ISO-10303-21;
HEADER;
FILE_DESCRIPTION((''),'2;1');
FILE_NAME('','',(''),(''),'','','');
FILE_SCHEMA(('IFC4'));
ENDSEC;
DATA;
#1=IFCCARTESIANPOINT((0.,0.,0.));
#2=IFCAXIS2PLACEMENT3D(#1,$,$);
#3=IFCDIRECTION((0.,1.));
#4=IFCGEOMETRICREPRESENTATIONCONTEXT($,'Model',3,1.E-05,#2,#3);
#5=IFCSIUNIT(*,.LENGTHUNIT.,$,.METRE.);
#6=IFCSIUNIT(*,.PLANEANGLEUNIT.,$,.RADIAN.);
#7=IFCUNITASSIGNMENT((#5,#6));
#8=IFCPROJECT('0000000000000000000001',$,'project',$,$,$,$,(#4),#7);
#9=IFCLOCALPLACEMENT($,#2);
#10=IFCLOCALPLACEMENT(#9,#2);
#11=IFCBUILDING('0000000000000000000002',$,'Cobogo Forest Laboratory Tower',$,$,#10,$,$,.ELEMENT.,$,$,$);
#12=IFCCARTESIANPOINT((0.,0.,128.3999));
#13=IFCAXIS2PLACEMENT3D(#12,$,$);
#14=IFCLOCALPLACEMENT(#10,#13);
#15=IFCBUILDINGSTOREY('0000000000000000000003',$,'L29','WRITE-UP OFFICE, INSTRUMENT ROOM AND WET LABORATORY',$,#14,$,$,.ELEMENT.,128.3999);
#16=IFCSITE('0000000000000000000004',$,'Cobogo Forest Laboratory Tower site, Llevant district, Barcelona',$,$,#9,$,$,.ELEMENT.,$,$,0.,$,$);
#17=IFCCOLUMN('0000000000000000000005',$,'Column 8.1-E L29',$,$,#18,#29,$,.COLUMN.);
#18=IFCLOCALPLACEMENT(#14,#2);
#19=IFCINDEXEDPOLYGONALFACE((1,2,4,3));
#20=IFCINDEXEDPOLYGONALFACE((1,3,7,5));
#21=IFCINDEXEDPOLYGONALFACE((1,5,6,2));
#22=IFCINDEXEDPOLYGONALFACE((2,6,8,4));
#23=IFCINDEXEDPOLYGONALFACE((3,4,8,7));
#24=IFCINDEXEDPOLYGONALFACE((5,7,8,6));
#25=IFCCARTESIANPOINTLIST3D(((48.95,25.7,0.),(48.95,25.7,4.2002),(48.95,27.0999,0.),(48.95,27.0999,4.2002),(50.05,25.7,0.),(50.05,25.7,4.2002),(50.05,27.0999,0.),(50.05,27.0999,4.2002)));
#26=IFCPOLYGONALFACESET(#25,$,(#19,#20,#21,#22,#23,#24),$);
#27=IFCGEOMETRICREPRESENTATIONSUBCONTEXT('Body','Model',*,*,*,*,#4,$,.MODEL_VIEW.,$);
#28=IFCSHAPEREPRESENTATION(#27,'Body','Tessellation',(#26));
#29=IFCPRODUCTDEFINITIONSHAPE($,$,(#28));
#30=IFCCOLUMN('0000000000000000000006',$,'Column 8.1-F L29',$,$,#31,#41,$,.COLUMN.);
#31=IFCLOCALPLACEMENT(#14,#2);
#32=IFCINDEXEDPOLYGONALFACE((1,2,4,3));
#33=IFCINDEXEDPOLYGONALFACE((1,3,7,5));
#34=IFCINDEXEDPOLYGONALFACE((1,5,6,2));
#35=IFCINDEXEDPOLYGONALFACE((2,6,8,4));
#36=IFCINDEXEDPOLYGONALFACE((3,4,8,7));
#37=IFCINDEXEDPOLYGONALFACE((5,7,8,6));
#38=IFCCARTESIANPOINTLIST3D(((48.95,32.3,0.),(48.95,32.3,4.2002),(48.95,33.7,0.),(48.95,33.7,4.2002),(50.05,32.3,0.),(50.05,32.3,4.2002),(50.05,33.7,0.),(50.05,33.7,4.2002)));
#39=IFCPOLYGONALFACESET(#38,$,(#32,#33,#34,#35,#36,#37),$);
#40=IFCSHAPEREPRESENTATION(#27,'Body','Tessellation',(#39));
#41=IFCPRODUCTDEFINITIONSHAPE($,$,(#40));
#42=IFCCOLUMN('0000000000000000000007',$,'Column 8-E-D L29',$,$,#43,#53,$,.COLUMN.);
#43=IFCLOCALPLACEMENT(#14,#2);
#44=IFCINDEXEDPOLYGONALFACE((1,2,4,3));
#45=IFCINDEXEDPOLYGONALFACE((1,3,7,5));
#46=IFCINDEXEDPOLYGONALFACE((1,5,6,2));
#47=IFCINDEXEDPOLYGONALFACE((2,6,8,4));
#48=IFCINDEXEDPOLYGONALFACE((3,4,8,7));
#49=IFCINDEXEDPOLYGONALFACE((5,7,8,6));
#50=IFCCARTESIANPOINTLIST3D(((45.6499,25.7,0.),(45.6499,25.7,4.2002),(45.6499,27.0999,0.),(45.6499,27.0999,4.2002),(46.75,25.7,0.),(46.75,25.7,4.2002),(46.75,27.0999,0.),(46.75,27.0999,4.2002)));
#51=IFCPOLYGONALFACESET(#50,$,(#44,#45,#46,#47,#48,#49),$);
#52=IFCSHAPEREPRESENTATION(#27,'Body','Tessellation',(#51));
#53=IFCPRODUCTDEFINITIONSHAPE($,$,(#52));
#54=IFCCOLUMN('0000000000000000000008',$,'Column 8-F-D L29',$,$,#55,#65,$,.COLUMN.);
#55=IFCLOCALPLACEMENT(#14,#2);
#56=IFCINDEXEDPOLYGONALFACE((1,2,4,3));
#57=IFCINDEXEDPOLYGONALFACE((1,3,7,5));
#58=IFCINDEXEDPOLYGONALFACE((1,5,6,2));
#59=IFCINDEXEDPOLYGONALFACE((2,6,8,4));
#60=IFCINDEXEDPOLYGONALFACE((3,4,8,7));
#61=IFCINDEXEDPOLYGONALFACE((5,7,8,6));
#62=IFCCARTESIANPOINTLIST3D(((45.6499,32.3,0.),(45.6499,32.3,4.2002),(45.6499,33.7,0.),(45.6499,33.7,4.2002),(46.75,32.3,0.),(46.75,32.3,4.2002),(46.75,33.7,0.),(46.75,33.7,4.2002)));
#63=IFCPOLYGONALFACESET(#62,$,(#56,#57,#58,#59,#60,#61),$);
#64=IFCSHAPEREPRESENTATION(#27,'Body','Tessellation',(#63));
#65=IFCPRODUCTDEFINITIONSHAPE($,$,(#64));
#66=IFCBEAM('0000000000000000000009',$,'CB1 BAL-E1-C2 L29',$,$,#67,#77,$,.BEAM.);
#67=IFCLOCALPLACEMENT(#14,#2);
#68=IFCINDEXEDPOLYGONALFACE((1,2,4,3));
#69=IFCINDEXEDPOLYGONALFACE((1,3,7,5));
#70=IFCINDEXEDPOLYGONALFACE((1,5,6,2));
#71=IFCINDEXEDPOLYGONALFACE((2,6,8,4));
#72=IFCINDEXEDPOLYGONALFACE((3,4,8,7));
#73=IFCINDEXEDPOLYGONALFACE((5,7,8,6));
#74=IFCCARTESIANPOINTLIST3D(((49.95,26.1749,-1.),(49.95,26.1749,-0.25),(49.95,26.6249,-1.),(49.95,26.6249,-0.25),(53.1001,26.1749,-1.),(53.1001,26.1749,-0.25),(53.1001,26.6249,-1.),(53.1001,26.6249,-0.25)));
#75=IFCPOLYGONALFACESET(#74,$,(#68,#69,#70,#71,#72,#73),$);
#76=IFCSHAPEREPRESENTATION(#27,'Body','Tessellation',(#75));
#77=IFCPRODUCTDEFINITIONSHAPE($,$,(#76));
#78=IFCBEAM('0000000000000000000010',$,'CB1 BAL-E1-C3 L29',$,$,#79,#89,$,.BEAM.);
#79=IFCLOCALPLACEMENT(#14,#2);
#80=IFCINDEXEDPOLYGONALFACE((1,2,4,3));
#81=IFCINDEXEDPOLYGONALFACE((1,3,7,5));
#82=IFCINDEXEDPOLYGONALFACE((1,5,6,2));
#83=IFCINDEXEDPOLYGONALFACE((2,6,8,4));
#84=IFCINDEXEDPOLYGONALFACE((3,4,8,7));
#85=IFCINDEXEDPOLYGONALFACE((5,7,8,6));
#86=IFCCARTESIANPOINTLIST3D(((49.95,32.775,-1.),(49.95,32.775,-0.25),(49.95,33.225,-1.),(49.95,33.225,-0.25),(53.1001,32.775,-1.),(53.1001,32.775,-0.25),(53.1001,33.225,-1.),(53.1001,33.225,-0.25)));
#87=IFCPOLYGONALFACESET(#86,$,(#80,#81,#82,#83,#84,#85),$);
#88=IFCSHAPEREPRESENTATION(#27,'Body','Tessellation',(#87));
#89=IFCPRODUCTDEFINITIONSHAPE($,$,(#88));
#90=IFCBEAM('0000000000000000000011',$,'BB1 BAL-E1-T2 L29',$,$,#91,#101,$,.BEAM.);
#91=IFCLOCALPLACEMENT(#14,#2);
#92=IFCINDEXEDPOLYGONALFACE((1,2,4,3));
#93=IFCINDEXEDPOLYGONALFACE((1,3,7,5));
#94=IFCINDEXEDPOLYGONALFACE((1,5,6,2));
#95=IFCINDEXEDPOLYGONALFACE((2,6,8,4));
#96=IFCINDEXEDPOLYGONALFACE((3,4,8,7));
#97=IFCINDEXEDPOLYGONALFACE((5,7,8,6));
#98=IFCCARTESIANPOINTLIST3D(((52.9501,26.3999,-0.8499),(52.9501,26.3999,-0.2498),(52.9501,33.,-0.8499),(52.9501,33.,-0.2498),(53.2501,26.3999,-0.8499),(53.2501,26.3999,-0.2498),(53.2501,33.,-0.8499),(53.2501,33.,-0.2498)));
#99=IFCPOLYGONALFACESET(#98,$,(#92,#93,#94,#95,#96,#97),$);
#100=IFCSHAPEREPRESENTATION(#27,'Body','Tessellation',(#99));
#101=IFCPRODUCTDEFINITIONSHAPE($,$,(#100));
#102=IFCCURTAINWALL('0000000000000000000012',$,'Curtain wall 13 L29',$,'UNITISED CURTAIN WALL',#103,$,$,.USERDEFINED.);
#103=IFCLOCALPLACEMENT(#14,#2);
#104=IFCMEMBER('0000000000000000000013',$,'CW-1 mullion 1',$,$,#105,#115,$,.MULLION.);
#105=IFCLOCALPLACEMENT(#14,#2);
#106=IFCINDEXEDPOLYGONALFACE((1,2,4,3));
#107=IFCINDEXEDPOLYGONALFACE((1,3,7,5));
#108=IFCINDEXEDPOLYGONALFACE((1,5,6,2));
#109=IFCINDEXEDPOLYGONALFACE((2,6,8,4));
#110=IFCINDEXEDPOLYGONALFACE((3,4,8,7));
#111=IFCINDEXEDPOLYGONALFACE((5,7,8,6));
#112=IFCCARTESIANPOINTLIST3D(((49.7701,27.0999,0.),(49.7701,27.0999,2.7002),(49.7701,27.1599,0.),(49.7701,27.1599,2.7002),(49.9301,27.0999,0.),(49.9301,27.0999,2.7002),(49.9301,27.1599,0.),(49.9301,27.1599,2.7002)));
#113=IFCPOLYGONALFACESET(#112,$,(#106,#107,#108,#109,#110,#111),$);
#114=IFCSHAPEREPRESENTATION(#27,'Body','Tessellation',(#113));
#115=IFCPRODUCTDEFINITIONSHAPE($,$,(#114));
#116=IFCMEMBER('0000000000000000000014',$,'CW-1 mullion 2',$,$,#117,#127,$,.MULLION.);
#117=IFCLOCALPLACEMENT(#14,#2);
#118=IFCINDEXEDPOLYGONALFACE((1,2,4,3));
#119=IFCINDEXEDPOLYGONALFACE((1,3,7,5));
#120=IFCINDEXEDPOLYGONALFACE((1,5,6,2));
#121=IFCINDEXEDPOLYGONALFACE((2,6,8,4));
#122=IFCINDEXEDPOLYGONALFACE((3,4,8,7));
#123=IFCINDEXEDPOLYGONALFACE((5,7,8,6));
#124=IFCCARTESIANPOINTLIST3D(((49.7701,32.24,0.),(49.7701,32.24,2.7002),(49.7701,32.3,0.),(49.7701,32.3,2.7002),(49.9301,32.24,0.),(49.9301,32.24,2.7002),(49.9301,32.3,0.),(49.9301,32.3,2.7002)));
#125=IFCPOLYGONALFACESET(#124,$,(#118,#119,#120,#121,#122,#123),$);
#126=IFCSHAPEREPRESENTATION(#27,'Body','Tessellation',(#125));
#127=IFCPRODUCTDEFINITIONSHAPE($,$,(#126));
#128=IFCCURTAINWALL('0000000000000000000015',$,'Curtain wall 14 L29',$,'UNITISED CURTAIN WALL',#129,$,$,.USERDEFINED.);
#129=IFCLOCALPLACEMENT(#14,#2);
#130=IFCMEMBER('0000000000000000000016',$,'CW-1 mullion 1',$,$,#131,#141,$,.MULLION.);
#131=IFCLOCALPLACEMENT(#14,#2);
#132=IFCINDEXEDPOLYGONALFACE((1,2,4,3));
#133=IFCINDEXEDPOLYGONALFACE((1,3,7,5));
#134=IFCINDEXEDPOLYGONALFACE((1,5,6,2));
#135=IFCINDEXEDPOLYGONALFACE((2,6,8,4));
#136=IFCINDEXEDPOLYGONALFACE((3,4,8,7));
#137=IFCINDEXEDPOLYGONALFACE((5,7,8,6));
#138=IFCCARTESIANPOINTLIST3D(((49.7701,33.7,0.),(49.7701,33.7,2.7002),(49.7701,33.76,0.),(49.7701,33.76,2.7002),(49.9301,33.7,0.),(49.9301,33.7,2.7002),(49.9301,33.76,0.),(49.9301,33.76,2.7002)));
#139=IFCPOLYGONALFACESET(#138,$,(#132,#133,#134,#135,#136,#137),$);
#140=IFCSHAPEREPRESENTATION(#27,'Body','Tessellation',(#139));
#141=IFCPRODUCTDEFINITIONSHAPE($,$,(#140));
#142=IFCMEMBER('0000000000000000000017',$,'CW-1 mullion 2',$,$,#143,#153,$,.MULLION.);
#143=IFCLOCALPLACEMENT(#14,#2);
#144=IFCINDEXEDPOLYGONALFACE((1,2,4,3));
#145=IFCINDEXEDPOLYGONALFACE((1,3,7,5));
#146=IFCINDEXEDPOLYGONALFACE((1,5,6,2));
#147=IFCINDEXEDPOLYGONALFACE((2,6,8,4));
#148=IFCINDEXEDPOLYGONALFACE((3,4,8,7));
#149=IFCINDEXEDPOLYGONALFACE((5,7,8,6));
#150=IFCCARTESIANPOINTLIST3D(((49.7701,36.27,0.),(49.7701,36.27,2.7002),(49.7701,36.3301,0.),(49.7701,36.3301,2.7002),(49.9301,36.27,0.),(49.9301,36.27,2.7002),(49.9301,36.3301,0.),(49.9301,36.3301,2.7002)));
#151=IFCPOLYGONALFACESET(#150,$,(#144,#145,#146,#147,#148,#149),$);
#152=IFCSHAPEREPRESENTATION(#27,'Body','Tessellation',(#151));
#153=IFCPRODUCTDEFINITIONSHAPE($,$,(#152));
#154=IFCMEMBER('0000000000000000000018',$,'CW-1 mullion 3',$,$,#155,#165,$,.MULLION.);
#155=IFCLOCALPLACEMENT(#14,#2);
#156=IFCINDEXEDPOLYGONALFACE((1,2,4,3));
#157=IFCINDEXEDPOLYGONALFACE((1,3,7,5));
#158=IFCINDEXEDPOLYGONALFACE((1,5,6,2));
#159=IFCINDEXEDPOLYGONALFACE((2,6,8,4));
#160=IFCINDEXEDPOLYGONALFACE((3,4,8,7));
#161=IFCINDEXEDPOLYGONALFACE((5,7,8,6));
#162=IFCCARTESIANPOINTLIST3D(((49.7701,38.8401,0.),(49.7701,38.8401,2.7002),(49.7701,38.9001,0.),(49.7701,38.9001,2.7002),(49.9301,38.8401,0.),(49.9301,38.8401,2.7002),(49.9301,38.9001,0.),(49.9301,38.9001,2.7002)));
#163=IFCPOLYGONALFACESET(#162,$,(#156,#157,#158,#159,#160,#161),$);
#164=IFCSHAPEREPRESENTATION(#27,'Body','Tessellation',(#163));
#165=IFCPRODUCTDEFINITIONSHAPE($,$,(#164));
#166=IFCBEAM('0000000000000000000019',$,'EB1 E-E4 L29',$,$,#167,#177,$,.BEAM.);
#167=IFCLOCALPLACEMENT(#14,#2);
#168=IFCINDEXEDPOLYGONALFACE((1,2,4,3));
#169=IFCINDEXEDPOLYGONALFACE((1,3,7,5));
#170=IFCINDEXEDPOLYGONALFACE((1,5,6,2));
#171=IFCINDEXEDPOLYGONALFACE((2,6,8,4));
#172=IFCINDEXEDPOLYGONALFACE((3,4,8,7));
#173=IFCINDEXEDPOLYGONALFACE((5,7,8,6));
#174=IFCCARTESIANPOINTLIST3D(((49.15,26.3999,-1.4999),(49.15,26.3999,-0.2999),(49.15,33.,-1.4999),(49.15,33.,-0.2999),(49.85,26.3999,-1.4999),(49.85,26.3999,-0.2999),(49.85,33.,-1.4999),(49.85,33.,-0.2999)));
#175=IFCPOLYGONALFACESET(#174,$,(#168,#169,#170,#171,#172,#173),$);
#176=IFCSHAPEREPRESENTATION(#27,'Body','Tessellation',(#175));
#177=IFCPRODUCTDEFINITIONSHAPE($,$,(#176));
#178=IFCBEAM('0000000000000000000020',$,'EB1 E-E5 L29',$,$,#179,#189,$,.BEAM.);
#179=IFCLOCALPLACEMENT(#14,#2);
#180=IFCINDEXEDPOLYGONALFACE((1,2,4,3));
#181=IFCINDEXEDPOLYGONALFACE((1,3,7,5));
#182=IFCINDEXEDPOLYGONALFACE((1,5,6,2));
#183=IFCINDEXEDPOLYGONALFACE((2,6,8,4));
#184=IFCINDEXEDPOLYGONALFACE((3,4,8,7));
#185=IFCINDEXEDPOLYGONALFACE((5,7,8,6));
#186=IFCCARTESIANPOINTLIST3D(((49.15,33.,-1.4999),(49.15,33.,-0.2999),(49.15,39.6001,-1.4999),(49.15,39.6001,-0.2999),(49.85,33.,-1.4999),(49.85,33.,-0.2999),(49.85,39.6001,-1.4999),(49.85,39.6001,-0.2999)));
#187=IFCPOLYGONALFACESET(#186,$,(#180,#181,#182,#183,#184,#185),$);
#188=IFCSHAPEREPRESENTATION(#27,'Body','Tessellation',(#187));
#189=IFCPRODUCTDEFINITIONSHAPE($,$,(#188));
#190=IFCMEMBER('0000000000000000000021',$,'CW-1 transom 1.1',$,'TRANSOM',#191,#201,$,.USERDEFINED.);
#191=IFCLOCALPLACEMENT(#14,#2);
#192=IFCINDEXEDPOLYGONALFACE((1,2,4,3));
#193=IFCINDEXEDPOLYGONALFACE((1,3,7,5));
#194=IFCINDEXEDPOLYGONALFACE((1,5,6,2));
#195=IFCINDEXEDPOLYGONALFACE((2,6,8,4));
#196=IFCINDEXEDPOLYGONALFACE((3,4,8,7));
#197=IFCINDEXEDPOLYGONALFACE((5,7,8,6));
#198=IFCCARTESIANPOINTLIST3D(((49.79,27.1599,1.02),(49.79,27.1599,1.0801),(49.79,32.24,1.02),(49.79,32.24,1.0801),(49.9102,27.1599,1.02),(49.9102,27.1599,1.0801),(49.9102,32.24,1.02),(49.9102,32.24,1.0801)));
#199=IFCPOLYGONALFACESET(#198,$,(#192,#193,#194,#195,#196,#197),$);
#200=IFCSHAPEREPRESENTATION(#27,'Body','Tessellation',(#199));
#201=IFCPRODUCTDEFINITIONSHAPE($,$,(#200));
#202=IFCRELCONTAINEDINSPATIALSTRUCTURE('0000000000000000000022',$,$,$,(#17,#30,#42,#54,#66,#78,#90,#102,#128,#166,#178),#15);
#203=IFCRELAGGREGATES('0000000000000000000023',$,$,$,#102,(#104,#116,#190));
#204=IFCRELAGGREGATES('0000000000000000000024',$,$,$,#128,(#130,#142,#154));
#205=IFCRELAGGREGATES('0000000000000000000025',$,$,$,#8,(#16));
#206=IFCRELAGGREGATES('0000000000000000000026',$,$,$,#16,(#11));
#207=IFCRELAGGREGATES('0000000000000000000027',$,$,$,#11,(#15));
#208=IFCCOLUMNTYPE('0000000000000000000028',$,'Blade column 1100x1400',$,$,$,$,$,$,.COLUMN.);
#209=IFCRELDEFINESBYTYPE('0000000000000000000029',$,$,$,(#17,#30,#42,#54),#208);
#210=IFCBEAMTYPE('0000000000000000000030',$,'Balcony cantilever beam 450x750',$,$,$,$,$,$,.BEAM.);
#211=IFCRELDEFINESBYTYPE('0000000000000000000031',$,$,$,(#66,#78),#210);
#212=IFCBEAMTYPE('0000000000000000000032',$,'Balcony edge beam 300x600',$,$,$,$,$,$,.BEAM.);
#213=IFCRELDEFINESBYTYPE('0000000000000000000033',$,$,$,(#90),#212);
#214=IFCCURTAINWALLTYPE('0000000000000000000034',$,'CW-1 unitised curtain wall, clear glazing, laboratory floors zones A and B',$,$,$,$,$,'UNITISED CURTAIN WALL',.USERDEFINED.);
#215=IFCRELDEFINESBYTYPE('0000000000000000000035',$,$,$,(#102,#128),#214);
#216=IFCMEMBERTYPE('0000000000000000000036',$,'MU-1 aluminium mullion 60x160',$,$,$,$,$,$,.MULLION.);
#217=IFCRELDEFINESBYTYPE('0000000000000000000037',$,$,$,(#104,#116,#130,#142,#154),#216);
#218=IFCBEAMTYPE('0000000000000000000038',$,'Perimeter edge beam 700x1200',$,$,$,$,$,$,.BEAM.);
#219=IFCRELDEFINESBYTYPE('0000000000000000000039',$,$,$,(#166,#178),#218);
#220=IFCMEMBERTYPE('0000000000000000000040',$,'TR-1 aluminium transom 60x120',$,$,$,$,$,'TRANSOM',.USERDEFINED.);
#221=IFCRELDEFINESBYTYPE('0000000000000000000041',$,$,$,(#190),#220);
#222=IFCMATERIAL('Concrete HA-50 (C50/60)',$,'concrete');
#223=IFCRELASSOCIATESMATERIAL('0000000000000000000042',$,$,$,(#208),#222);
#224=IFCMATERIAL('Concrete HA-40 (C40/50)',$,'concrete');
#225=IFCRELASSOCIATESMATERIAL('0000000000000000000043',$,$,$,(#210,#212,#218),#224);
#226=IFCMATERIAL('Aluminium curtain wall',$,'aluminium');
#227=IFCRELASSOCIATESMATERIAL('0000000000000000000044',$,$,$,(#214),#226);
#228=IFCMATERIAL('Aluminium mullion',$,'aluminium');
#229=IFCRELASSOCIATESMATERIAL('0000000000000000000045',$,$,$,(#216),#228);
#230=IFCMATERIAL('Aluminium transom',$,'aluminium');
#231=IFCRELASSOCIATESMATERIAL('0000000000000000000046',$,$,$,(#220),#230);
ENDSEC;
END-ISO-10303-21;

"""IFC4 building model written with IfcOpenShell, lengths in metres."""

from ifc_helpers import new_model, si_unit, direction, frame, origin, origin_2d, place, context, subcontext, project, spatial, rectangle, extrude, material, material_profile, profile_set, type_object, element, aggregate, save


model = new_model("IFC4")

# Units and contexts
model_context = context("Model", 3, precision=1e-05, world=origin(), true_north=direction((0.0, 1.0)))
body_context = subcontext(model_context, "Body", "Model", "MODEL_VIEW")
ifc_project = project(units=[si_unit("LENGTHUNIT", "METRE"), si_unit("PLANEANGLEUNIT", "RADIAN")], contexts=[model_context])

# Site, building, storey
site_placement = place(None, origin())
site = spatial("IfcSite", under=ifc_project, at=site_placement, Name="Cobogo Forest Laboratory Tower site, Llevant district, Barcelona", CompositionType="ELEMENT", RefElevation=0.0)
building_placement = place(site_placement, origin())
building = spatial("IfcBuilding", under=site, at=building_placement, Name="Cobogo Forest Laboratory Tower", CompositionType="ELEMENT")
storey_placement = place(building_placement, frame((0.0, 0.0, 128.3999)))
storey = spatial("IfcBuildingStorey", under=building, at=storey_placement, Name="L29", Description="WRITE-UP OFFICE, INSTRUMENT ROOM AND WET LABORATORY", CompositionType="ELEMENT", Elevation=128.3999)

# Columns
ifc_material_1 = material(Name="Concrete HA-50 (C50/60)", Category="concrete")
ifc_material_profile_1 = material_profile(ifc_material_1, rectangle(XDim=1.3999, YDim=1.1001, at=origin_2d()), Name="RC 1100x1400")
ifc_profile_set_1 = profile_set([ifc_material_profile_1], Name="Concrete HA-50 (C50/60)")
column_type = type_object("IfcColumnType", Name="Blade column 1100x1400", PredefinedType="COLUMN", material=ifc_profile_set_1)
for number, where, z_axis, x_axis, name in (
    (1, (49.5, 26.3999, 0.0), (0.0, 0.0, 1.0), (0.0, 1.0, 0.0), "Column 8.1-E L29"),
    (2, (49.5, 33.0, 0.0), (0.0, 0.0, 1.0), (0.0, 1.0, 0.0), "Column 8.1-F L29"),
    (3, (46.2, 26.3999, 0.0), (0.0, 0.0, 1.0), (0.0, 1.0, 0.0), "Column 8-E-D L29"),
    (4, (46.2, 33.0, 0.0), (0.0, 0.0, 1.0), (0.0, 1.0, 0.0), "Column 8-F-D L29"),
):
    element("IfcColumn", number, at=place(storey_placement, frame(where, z_axis=z_axis, x_axis=x_axis)), inside=storey, type_object=column_type, Name=name, PredefinedType="COLUMN", context=body_context, shape_type="SweptSolid", body=[
        extrude(rectangle(XDim=1.3999, YDim=1.1001, at=origin_2d()), origin(), (0.0, 0.0, 1.0), 4.2002),
    ])

# Beams
ifc_material_2 = material(Name="Concrete HA-40 (C40/50)", Category="concrete")
ifc_material_profile_2 = material_profile(ifc_material_2, rectangle(XDim=0.45, YDim=0.75, at=origin_2d()), Name="RC 450x750")
ifc_profile_set_2 = profile_set([ifc_material_profile_2], Name="Concrete HA-40 (C40/50)")
beam_type_1 = type_object("IfcBeamType", Name="Balcony cantilever beam 450x750", PredefinedType="BEAM", material=ifc_profile_set_2)
for number, where, z_axis, x_axis, name in (
    (5, (49.95, 26.3999, -0.625), (1.0, 0.0, 0.0), (0.0, 1.0, 0.0), "CB1 BAL-E1-C2 L29"),
    (6, (49.95, 33.0, -0.625), (1.0, 0.0, 0.0), (0.0, 1.0, 0.0), "CB1 BAL-E1-C3 L29"),
):
    element("IfcBeam", number, at=place(storey_placement, frame(where, z_axis=z_axis, x_axis=x_axis)), inside=storey, type_object=beam_type_1, Name=name, PredefinedType="BEAM", context=body_context, shape_type="SweptSolid", body=[
        extrude(rectangle(XDim=0.45, YDim=0.75, at=origin_2d()), origin(), (0.0, 0.0, 1.0), 3.1501),
    ])
ifc_material_profile_3 = material_profile(ifc_material_2, rectangle(XDim=0.3, YDim=0.6001, at=origin_2d()), Name="RC 300x600")
ifc_profile_set_3 = profile_set([ifc_material_profile_3], Name="Concrete HA-40 (C40/50)")
beam_type_2 = type_object("IfcBeamType", Name="Balcony edge beam 300x600", PredefinedType="BEAM", material=ifc_profile_set_3)
beam_placement = place(storey_placement, frame((53.1001, 26.3999, -0.5498), z_axis=(0.0, 1.0, 0.0), x_axis=(-1.0, 0.0, 0.0)))
element("IfcBeam", 7, at=beam_placement, inside=storey, type_object=beam_type_2, Name="BB1 BAL-E1-T2 L29", PredefinedType="BEAM", context=body_context, shape_type="SweptSolid", body=[
    extrude(rectangle(XDim=0.3, YDim=0.6001, at=origin_2d()), origin(), (0.0, 0.0, 1.0), 6.6001),
])

# Curtain walls, members
ifc_material_3 = material(Name="Aluminium curtain wall", Category="aluminium")
curtain_wall_type = type_object("IfcCurtainWallType", Name="CW-1 unitised curtain wall, clear glazing, laboratory floors zones A and B", ElementType="UNITISED CURTAIN WALL", PredefinedType="USERDEFINED", material=ifc_material_3)
curtain_wall_1_placement = place(storey_placement, origin())
curtain_wall_1 = element("IfcCurtainWall", 8, at=curtain_wall_1_placement, inside=storey, type_object=curtain_wall_type, Name="Curtain wall 13 L29", ObjectType="UNITISED CURTAIN WALL", PredefinedType="USERDEFINED")
ifc_material_4 = material(Name="Aluminium mullion", Category="aluminium")
ifc_material_profile_4 = material_profile(ifc_material_4, rectangle(XDim=0.0601, YDim=0.1599, at=origin_2d()), Name="AL 60x160")
ifc_profile_set_4 = profile_set([ifc_material_profile_4], Name="Aluminium mullion")
member_type_1 = type_object("IfcMemberType", Name="MU-1 aluminium mullion 60x160", PredefinedType="MULLION", material=ifc_profile_set_4)
member_1_placement = place(storey_placement, frame((49.8501, 27.1299, 0.0), z_axis=(0.0, 0.0, 1.0), x_axis=(0.0, 1.0, 0.0)))
member_1 = element("IfcMember", 9, at=member_1_placement, type_object=member_type_1, Name="CW-1 mullion 1", PredefinedType="MULLION", context=body_context, shape_type="SweptSolid", body=[
    extrude(rectangle(XDim=0.0601, YDim=0.1599, at=origin_2d()), origin(), (0.0, 0.0, 1.0), 2.7002),
])
member_2_placement = place(storey_placement, frame((49.8501, 32.27, 0.0), z_axis=(0.0, 0.0, 1.0), x_axis=(0.0, 1.0, 0.0)))
member_2 = element("IfcMember", 10, at=member_2_placement, type_object=member_type_1, Name="CW-1 mullion 2", PredefinedType="MULLION", context=body_context, shape_type="SweptSolid", body=[
    extrude(rectangle(XDim=0.0601, YDim=0.1599, at=origin_2d()), origin(), (0.0, 0.0, 1.0), 2.7002),
])
curtain_wall_2_placement = place(storey_placement, origin())
curtain_wall_2 = element("IfcCurtainWall", 11, at=curtain_wall_2_placement, inside=storey, type_object=curtain_wall_type, Name="Curtain wall 14 L29", ObjectType="UNITISED CURTAIN WALL", PredefinedType="USERDEFINED")
member_3_placement = place(storey_placement, frame((49.8501, 33.73, 0.0), z_axis=(0.0, 0.0, 1.0), x_axis=(0.0, 1.0, 0.0)))
member_3 = element("IfcMember", 12, at=member_3_placement, type_object=member_type_1, Name="CW-1 mullion 1", PredefinedType="MULLION", context=body_context, shape_type="SweptSolid", body=[
    extrude(rectangle(XDim=0.0601, YDim=0.1599, at=origin_2d()), origin(), (0.0, 0.0, 1.0), 2.7002),
])
member_4_placement = place(storey_placement, frame((49.8501, 36.3, 0.0), z_axis=(0.0, 0.0, 1.0), x_axis=(0.0, 1.0, 0.0)))
member_4 = element("IfcMember", 13, at=member_4_placement, type_object=member_type_1, Name="CW-1 mullion 2", PredefinedType="MULLION", context=body_context, shape_type="SweptSolid", body=[
    extrude(rectangle(XDim=0.0601, YDim=0.1599, at=origin_2d()), origin(), (0.0, 0.0, 1.0), 2.7002),
])
member_5_placement = place(storey_placement, frame((49.8501, 38.8701, 0.0), z_axis=(0.0, 0.0, 1.0), x_axis=(0.0, 1.0, 0.0)))
member_5 = element("IfcMember", 14, at=member_5_placement, type_object=member_type_1, Name="CW-1 mullion 3", PredefinedType="MULLION", context=body_context, shape_type="SweptSolid", body=[
    extrude(rectangle(XDim=0.0601, YDim=0.1599, at=origin_2d()), origin(), (0.0, 0.0, 1.0), 2.7002),
])

# Beams
ifc_material_profile_5 = material_profile(ifc_material_2, rectangle(XDim=0.7, YDim=1.2, at=origin_2d()), Name="RC 700x1200")
ifc_profile_set_5 = profile_set([ifc_material_profile_5], Name="Concrete HA-40 (C40/50)")
beam_type_3 = type_object("IfcBeamType", Name="Perimeter edge beam 700x1200", PredefinedType="BEAM", material=ifc_profile_set_5)
for number, where, z_axis, x_axis, name in (
    (15, (49.5, 26.3999, -0.8999), (0.0, 1.0, 0.0), (-1.0, 0.0, 0.0), "EB1 E-E4 L29"),
    (16, (49.5, 33.0, -0.8999), (0.0, 1.0, 0.0), (-1.0, 0.0, 0.0), "EB1 E-E5 L29"),
):
    element("IfcBeam", number, at=place(storey_placement, frame(where, z_axis=z_axis, x_axis=x_axis)), inside=storey, type_object=beam_type_3, Name=name, PredefinedType="BEAM", context=body_context, shape_type="SweptSolid", body=[
        extrude(rectangle(XDim=0.7, YDim=1.2, at=origin_2d()), origin(), (0.0, 0.0, 1.0), 6.6001),
    ])

# Member
ifc_material_5 = material(Name="Aluminium transom", Category="aluminium")
ifc_material_profile_6 = material_profile(ifc_material_5, rectangle(XDim=0.1201, YDim=0.0601, at=origin_2d()), Name="AL 60x120")
ifc_profile_set_6 = profile_set([ifc_material_profile_6], Name="Aluminium transom")
member_type_2 = type_object("IfcMemberType", Name="TR-1 aluminium transom 60x120", ElementType="TRANSOM", PredefinedType="USERDEFINED", material=ifc_profile_set_6)
member_6_placement = place(storey_placement, frame((49.8501, 27.1599, 1.05), z_axis=(0.0, 1.0, 0.0), x_axis=(-1.0, 0.0, 0.0)))
member_6 = element("IfcMember", 17, at=member_6_placement, type_object=member_type_2, Name="CW-1 transom 1.1", ObjectType="TRANSOM", PredefinedType="USERDEFINED", context=body_context, shape_type="SweptSolid", body=[
    extrude(rectangle(XDim=0.1201, YDim=0.0601, at=origin_2d()), origin(), (0.0, 0.0, 1.0), 5.0801),
])

aggregate(curtain_wall_1, [member_1, member_2, member_6])
aggregate(curtain_wall_2, [member_3, member_4, member_5])

save(model, "model.ifc")
